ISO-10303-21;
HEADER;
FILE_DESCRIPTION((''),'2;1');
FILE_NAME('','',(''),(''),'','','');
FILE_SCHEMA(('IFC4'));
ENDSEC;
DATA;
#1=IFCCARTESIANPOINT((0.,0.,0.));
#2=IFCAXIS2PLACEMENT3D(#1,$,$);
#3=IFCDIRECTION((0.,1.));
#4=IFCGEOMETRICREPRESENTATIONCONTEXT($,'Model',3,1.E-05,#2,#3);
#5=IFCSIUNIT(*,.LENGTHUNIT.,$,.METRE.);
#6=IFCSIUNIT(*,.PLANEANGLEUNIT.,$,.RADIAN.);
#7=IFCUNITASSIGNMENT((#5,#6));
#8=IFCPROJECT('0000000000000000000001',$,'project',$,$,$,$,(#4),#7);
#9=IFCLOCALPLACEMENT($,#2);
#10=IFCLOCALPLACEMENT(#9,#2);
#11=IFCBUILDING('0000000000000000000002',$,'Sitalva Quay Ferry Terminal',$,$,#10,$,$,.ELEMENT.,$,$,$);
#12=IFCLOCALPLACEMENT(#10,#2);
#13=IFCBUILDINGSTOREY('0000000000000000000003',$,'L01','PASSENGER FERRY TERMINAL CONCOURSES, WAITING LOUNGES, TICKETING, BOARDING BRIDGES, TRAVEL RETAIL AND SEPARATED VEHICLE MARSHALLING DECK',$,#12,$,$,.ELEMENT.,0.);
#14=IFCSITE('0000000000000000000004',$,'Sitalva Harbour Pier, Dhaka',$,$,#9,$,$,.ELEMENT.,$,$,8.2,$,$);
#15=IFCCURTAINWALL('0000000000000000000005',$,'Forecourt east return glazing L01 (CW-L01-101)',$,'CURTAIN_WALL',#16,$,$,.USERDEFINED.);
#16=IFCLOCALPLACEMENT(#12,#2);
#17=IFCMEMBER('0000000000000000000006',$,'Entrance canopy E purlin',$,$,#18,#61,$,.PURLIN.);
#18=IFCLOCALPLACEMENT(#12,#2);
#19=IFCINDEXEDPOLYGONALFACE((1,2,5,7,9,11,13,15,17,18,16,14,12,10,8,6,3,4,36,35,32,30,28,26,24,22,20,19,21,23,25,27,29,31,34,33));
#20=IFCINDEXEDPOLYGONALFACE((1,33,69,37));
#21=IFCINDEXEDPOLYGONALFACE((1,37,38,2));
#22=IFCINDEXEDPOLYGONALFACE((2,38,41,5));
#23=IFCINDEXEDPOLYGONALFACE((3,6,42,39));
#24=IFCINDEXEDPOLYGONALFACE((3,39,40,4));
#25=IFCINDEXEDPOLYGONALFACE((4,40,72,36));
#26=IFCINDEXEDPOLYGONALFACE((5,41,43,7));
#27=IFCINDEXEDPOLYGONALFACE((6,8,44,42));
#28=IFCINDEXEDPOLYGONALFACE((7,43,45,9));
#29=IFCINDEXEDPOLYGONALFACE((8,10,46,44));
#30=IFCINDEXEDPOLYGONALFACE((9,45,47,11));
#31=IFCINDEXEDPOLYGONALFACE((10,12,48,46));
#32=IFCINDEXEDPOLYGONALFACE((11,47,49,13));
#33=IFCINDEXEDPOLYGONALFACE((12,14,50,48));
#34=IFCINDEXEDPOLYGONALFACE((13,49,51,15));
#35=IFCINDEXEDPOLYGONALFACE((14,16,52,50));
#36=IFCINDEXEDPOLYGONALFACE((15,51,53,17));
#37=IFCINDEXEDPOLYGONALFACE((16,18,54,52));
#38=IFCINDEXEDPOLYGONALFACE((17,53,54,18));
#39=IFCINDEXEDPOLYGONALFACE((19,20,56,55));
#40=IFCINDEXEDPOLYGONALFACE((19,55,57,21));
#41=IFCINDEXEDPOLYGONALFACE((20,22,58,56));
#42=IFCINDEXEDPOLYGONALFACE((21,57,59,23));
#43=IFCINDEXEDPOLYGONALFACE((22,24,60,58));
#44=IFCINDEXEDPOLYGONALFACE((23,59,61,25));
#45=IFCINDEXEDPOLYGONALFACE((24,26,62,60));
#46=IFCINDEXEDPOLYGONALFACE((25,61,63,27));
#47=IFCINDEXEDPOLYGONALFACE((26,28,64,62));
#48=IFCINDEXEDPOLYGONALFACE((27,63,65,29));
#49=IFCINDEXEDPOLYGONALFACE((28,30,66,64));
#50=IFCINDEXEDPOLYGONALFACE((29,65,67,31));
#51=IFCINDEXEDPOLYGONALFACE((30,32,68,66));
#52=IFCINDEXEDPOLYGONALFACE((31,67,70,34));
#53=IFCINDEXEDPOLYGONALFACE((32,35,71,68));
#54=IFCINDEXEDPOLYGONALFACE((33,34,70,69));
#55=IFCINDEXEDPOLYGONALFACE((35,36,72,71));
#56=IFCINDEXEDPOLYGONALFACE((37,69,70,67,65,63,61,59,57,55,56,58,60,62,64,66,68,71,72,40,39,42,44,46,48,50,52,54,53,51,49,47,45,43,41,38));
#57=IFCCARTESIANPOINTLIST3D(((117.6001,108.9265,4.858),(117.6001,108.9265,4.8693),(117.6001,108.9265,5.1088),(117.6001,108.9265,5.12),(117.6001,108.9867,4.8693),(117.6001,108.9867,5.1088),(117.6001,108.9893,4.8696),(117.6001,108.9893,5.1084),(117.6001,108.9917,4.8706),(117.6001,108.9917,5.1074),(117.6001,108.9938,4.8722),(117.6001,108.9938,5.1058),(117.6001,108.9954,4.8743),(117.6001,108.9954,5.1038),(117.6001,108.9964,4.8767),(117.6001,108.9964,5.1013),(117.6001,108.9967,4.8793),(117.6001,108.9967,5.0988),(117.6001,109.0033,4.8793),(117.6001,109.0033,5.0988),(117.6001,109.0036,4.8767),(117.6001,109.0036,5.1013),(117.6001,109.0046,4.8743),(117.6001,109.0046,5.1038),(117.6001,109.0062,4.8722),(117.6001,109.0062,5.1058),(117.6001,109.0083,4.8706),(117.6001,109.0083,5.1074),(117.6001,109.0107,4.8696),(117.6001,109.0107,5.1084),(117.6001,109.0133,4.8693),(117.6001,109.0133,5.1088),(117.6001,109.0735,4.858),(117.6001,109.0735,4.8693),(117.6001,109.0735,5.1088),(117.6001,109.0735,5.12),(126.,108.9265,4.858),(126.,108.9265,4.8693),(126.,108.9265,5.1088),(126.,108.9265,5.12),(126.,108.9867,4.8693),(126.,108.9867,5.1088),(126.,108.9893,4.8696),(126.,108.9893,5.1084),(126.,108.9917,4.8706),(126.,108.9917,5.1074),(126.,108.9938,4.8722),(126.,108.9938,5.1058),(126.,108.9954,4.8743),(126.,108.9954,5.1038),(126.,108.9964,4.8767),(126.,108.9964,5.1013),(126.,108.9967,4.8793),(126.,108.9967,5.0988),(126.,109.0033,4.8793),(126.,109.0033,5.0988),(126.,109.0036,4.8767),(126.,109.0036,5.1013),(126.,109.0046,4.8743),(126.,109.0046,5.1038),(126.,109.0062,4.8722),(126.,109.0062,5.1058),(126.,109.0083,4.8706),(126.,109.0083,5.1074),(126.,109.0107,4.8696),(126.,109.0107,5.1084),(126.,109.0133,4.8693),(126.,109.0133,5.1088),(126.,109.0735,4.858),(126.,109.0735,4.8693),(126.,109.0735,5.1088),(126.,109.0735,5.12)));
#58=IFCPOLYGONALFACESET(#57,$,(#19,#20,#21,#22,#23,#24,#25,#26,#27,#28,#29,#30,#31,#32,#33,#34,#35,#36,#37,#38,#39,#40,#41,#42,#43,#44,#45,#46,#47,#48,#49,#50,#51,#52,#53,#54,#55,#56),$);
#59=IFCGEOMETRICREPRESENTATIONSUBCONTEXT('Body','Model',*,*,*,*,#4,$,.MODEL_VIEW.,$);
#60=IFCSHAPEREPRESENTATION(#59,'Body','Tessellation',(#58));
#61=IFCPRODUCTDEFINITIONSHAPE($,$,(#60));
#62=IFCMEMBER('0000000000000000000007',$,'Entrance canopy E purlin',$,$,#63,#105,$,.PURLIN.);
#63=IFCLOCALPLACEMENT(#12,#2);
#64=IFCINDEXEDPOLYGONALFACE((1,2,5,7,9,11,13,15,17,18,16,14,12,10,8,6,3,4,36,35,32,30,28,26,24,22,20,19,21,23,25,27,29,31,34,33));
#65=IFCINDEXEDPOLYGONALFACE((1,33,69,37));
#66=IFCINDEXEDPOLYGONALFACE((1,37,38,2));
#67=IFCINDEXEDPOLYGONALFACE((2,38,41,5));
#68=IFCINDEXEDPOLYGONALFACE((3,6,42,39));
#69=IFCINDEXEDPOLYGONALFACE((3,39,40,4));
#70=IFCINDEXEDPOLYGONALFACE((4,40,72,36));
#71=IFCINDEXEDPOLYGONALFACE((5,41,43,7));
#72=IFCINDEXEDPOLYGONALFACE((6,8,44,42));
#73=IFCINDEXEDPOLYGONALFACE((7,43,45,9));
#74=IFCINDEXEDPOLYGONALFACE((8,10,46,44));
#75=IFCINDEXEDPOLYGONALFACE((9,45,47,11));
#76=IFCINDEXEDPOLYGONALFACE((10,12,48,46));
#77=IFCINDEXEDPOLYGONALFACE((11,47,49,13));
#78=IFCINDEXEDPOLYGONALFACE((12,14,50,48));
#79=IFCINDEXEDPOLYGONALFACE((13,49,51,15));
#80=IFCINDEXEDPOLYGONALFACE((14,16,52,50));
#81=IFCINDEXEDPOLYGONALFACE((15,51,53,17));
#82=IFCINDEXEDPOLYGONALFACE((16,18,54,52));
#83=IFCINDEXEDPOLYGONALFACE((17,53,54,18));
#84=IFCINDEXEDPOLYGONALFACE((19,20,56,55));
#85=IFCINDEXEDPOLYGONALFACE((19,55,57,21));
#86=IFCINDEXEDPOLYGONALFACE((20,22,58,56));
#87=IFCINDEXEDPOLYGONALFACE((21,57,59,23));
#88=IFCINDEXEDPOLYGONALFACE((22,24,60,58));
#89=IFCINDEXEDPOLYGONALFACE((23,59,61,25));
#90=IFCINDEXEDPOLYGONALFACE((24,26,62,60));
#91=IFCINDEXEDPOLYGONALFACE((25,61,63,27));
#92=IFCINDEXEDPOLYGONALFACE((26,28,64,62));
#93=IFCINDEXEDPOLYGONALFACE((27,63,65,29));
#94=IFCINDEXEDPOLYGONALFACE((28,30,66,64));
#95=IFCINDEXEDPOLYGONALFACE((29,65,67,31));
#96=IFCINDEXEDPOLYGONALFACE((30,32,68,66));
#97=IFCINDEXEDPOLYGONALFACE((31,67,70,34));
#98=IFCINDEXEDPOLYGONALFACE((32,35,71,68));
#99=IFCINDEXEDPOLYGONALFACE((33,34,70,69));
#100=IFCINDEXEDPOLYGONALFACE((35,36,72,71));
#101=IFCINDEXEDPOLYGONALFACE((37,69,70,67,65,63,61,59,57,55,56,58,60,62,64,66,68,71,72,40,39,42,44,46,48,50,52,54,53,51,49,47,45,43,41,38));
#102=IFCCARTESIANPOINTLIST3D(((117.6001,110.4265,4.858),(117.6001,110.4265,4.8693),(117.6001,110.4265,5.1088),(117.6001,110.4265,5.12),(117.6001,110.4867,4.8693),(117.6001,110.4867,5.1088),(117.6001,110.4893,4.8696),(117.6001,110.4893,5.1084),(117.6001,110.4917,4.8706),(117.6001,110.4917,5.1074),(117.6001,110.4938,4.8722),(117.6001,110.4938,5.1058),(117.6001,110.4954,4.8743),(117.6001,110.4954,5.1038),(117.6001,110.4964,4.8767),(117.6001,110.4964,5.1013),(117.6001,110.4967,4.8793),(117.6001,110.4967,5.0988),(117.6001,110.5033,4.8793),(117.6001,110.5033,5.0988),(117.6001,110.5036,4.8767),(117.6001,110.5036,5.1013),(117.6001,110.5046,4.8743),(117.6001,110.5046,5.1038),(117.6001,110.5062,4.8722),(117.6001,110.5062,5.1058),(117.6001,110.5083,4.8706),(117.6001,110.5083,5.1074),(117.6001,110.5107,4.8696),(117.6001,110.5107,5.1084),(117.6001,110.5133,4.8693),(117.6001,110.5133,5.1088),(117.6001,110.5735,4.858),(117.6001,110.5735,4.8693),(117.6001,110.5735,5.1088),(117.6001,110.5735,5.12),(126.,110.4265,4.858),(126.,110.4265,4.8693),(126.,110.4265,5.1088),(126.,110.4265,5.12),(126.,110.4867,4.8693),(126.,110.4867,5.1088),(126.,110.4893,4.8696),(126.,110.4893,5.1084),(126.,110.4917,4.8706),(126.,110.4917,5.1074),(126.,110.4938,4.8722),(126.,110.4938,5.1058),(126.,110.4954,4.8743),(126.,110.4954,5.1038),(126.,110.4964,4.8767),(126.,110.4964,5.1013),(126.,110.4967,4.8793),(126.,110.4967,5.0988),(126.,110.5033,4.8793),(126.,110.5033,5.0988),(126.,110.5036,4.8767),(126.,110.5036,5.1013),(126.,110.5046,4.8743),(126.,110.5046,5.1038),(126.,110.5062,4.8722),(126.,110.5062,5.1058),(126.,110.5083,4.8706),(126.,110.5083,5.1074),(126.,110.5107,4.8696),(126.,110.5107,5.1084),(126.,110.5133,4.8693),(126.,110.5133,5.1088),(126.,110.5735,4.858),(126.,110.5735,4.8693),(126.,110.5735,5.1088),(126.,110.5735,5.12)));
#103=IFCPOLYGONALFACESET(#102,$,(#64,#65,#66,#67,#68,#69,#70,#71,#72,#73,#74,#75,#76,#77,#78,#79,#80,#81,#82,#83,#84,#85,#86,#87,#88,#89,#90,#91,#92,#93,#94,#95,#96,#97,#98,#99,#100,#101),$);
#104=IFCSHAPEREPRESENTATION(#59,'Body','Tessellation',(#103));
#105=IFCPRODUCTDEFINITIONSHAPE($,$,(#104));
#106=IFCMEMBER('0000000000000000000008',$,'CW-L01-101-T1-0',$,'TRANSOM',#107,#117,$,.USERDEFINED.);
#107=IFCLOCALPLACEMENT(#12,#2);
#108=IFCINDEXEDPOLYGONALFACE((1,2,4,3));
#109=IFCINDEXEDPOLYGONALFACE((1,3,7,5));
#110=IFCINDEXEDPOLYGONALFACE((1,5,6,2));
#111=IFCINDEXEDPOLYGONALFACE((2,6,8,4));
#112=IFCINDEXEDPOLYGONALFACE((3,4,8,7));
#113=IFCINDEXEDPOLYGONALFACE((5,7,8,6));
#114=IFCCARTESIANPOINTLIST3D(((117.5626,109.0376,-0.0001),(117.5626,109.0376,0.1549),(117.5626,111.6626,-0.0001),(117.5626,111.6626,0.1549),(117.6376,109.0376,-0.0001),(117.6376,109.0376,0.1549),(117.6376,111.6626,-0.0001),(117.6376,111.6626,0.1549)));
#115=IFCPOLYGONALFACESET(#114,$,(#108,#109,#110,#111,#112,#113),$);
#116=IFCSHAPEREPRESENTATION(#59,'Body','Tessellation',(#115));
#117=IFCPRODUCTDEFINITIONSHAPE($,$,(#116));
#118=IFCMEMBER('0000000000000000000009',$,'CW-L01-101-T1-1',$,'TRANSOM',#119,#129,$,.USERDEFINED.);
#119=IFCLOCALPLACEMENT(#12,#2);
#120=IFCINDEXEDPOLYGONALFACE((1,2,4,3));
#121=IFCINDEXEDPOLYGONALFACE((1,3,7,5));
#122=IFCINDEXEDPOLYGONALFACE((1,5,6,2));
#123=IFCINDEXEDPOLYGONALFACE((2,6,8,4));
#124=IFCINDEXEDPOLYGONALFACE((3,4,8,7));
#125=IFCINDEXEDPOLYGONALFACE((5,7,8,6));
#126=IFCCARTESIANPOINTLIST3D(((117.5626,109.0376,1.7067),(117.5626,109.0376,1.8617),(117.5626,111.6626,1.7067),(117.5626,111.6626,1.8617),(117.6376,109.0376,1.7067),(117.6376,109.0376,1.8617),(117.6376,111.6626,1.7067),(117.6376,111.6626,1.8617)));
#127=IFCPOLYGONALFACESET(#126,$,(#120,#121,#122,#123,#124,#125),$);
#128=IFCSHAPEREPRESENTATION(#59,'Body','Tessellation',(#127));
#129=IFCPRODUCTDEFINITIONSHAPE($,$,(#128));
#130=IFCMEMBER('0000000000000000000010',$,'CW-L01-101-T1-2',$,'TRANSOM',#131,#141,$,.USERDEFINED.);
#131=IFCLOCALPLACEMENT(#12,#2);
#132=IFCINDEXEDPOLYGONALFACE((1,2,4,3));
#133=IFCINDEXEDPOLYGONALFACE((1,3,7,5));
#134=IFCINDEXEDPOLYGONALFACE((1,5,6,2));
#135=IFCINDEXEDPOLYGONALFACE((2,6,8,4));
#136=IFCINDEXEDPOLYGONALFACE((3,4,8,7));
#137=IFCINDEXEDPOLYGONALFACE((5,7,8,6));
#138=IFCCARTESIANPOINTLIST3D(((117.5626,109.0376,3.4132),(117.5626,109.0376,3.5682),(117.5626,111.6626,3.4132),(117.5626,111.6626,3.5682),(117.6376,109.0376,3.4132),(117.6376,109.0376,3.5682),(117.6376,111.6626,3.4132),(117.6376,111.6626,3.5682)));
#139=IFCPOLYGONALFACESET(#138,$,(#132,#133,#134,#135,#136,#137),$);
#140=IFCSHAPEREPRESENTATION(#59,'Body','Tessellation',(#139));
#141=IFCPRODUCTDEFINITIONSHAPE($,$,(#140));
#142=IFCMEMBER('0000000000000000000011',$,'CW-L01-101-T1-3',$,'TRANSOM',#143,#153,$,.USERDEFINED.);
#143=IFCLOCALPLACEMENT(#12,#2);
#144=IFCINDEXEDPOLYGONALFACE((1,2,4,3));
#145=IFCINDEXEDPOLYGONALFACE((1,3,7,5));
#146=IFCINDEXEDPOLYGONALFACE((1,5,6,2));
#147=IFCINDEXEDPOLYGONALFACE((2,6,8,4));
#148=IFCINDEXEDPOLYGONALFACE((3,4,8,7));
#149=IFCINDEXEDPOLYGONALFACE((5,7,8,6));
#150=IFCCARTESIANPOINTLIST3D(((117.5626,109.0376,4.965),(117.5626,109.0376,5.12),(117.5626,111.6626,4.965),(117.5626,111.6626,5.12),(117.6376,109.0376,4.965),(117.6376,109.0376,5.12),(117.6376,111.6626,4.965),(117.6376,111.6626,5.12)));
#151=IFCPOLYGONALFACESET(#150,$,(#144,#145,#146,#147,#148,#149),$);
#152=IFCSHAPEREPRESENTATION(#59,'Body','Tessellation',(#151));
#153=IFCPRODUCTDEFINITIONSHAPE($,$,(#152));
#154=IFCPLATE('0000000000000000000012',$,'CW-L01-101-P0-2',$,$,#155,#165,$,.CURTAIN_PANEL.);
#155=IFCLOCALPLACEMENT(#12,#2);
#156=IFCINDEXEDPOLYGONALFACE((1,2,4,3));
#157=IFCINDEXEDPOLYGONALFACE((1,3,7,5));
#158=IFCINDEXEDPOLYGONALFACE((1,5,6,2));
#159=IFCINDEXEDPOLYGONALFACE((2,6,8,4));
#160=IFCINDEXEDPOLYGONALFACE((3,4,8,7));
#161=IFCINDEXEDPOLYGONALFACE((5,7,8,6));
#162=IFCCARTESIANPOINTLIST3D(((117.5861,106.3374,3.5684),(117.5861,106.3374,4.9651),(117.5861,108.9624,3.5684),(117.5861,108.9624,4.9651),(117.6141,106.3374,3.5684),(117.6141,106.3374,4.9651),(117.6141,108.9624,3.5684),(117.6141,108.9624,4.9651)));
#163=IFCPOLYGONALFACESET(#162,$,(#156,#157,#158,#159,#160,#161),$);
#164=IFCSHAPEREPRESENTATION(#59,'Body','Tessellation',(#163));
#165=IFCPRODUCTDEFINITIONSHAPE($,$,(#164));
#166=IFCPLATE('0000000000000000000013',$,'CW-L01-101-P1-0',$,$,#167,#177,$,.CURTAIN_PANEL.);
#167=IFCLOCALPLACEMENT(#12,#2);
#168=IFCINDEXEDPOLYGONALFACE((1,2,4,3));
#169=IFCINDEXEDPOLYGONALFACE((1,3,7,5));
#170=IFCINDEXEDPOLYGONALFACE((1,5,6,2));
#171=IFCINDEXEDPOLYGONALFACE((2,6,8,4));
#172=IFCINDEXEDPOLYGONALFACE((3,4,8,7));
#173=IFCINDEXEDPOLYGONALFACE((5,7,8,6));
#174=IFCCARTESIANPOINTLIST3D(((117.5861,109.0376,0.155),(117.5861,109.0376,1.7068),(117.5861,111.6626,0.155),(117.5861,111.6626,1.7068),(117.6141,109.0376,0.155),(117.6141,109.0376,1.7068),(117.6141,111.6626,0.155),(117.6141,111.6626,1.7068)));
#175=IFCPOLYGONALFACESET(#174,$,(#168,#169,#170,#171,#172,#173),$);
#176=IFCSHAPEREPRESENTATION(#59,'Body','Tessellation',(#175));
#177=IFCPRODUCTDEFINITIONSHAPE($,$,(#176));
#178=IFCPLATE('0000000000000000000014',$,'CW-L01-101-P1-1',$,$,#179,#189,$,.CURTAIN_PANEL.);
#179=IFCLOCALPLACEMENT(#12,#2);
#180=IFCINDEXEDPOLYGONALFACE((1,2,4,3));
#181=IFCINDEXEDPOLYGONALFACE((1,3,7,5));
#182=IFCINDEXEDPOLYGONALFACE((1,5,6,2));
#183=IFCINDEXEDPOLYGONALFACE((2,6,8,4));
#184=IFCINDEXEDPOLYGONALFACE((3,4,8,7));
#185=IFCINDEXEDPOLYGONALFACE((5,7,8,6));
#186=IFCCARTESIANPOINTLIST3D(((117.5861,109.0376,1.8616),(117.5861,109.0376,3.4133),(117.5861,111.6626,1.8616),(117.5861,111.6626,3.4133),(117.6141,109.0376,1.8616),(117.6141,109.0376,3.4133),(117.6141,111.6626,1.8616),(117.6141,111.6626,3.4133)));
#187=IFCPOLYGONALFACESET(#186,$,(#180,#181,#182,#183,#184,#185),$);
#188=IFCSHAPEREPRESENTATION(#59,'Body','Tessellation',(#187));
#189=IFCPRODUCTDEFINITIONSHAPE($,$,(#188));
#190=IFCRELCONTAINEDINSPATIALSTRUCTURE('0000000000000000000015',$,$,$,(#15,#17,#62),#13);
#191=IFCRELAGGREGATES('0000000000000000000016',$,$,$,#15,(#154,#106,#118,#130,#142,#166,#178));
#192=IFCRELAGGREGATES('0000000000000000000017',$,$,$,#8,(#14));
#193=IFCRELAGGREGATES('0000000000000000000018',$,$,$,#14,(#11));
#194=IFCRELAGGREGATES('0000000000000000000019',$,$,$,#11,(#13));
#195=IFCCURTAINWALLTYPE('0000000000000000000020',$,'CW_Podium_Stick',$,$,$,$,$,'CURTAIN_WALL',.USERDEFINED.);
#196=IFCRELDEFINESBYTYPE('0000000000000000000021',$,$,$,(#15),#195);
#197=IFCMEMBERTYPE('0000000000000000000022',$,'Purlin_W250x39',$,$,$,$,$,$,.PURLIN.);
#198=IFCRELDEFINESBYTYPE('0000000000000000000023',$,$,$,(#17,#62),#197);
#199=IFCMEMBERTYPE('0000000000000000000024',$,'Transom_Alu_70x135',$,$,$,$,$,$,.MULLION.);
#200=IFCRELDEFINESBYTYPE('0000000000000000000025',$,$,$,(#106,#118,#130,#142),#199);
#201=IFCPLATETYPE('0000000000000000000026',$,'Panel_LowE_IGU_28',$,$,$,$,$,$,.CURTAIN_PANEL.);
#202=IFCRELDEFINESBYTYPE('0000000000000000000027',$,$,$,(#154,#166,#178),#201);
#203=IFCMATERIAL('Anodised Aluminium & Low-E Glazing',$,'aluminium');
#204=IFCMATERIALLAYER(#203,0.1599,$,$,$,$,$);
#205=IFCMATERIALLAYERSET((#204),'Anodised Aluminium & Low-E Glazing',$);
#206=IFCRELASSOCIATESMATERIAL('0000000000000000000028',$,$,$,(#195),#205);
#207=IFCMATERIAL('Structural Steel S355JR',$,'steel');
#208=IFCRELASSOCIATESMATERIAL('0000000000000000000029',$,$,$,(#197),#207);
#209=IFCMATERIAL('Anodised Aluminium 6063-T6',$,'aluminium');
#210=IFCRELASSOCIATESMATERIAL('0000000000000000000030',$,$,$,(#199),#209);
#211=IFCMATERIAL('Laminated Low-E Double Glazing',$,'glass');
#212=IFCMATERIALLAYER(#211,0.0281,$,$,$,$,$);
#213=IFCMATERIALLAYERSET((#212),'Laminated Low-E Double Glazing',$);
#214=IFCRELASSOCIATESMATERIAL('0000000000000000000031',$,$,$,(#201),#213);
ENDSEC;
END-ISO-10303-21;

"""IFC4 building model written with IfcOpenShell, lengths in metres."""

from ifc_helpers import new_model, si_unit, direction, frame, origin, origin_2d, place, context, subcontext, project, spatial, rectangle, i_section, extrude, material, layer, layer_set, material_profile, profile_set, type_object, element, aggregate, save


model = new_model("IFC4")

# Units and contexts
model_context = context("Model", 3, precision=1e-05, world=origin(), true_north=direction((0.0, 1.0)))
body_context = subcontext(model_context, "Body", "Model", "MODEL_VIEW")
ifc_project = project(units=[si_unit("LENGTHUNIT", "METRE"), si_unit("PLANEANGLEUNIT", "RADIAN")], contexts=[model_context])

# Site, building, storey
site_placement = place(None, origin())
site = spatial("IfcSite", under=ifc_project, at=site_placement, Name="Sitalva Harbour Pier, Dhaka", CompositionType="ELEMENT", RefElevation=8.2)
building_placement = place(site_placement, origin())
building = spatial("IfcBuilding", under=site, at=building_placement, Name="Sitalva Quay Ferry Terminal", CompositionType="ELEMENT")
storey_placement = place(building_placement, origin())
storey = spatial("IfcBuildingStorey", under=building, at=storey_placement, Name="L01", Description="PASSENGER FERRY TERMINAL CONCOURSES, WAITING LOUNGES, TICKETING, BOARDING BRIDGES, TRAVEL RETAIL AND SEPARATED VEHICLE MARSHALLING DECK", CompositionType="ELEMENT", Elevation=0.0)

# Curtain wall
ifc_material_1 = material(Name="Anodised Aluminium & Low-E Glazing", Category="aluminium")
ifc_layer_1 = layer(ifc_material_1, 0.1599)
ifc_layer_set_1 = layer_set([ifc_layer_1], Name="Anodised Aluminium & Low-E Glazing")
curtain_wall_type = type_object("IfcCurtainWallType", Name="CW_Podium_Stick", ElementType="CURTAIN_WALL", PredefinedType="USERDEFINED", material=ifc_layer_set_1)
curtain_wall_placement = place(storey_placement, origin())
curtain_wall = element("IfcCurtainWall", 1, at=curtain_wall_placement, inside=storey, type_object=curtain_wall_type, Name="Forecourt east return glazing L01 (CW-L01-101)", ObjectType="CURTAIN_WALL", PredefinedType="USERDEFINED")

# Members
ifc_material_2 = material(Name="Structural Steel S355JR", Category="steel")
ifc_material_profile_1 = material_profile(ifc_material_2, i_section(OverallWidth=0.147, OverallDepth=0.262, WebThickness=0.0066, FlangeThickness=0.0112, FilletRadius=0.01, at=origin_2d()), Name="W250x39")
ifc_profile_set_1 = profile_set([ifc_material_profile_1], Name="Structural Steel S355JR")
member_type_1 = type_object("IfcMemberType", Name="Purlin_W250x39", PredefinedType="PURLIN", material=ifc_profile_set_1)
for number, where, z_axis, x_axis, name in (
    (2, (117.6001, 109.0, 4.989), (1.0, 0.0, 0.0), (0.0, 1.0, 0.0), "Entrance canopy E purlin"),
    (3, (117.6001, 110.5, 4.989), (1.0, 0.0, 0.0), (0.0, 1.0, 0.0), "Entrance canopy E purlin"),
):
    element("IfcMember", number, at=place(storey_placement, frame(where, z_axis=z_axis, x_axis=x_axis)), inside=storey, type_object=member_type_1, Name=name, PredefinedType="PURLIN", context=body_context, shape_type="SweptSolid", body=[
        extrude(i_section(OverallWidth=0.147, OverallDepth=0.262, WebThickness=0.0066, FlangeThickness=0.0112, FilletRadius=0.01, at=origin_2d()), origin(), (0.0, 0.0, 1.0), 8.3999),
    ])

# Members
ifc_material_3 = material(Name="Anodised Aluminium 6063-T6", Category="aluminium")
ifc_material_profile_2 = material_profile(ifc_material_3, rectangle(XDim=0.075, YDim=0.155, at=origin_2d()), Name="ALU75x155")
ifc_profile_set_2 = profile_set([ifc_material_profile_2], Name="Anodised Aluminium 6063-T6")
member_type_2 = type_object("IfcMemberType", Name="Transom_Alu_70x135", PredefinedType="MULLION", material=ifc_profile_set_2)
member_1_placement = place(storey_placement, frame((117.6001, 109.0376, 0.0774), z_axis=(0.0, 1.0, 0.0), x_axis=(-1.0, 0.0, 0.0)))
member_1 = element("IfcMember", 4, at=member_1_placement, type_object=member_type_2, Name="CW-L01-101-T1-0", ObjectType="TRANSOM", PredefinedType="USERDEFINED", context=body_context, shape_type="SweptSolid", body=[
    extrude(rectangle(XDim=0.075, YDim=0.155, at=origin_2d()), origin(), (0.0, 0.0, 1.0), 2.625),
])
member_2_placement = place(storey_placement, frame((117.6001, 109.0376, 1.7842), z_axis=(0.0, 1.0, 0.0), x_axis=(-1.0, 0.0, 0.0)))
member_2 = element("IfcMember", 5, at=member_2_placement, type_object=member_type_2, Name="CW-L01-101-T1-1", ObjectType="TRANSOM", PredefinedType="USERDEFINED", context=body_context, shape_type="SweptSolid", body=[
    extrude(rectangle(XDim=0.075, YDim=0.155, at=origin_2d()), origin(), (0.0, 0.0, 1.0), 2.625),
])
member_3_placement = place(storey_placement, frame((117.6001, 109.0376, 3.4907), z_axis=(0.0, 1.0, 0.0), x_axis=(-1.0, 0.0, 0.0)))
member_3 = element("IfcMember", 6, at=member_3_placement, type_object=member_type_2, Name="CW-L01-101-T1-2", ObjectType="TRANSOM", PredefinedType="USERDEFINED", context=body_context, shape_type="SweptSolid", body=[
    extrude(rectangle(XDim=0.075, YDim=0.155, at=origin_2d()), origin(), (0.0, 0.0, 1.0), 2.625),
])
member_4_placement = place(storey_placement, frame((117.6001, 109.0376, 5.0425), z_axis=(0.0, 1.0, 0.0), x_axis=(-1.0, 0.0, 0.0)))
member_4 = element("IfcMember", 7, at=member_4_placement, type_object=member_type_2, Name="CW-L01-101-T1-3", ObjectType="TRANSOM", PredefinedType="USERDEFINED", context=body_context, shape_type="SweptSolid", body=[
    extrude(rectangle(XDim=0.075, YDim=0.155, at=origin_2d()), origin(), (0.0, 0.0, 1.0), 2.625),
])

# Plates
ifc_material_4 = material(Name="Laminated Low-E Double Glazing", Category="glass")
ifc_layer_2 = layer(ifc_material_4, 0.0281)
ifc_layer_set_2 = layer_set([ifc_layer_2], Name="Laminated Low-E Double Glazing")
plate_type_1 = type_object("IfcPlateType", Name="Panel_LowE_IGU_28", PredefinedType="CURTAIN_PANEL", material=ifc_layer_set_2)
plate_1_placement = place(storey_placement, frame((117.6001, 107.6499, 3.5684), z_axis=(0.0, 0.0, 1.0), x_axis=(0.0, 1.0, 0.0)))
plate_1 = element("IfcPlate", 8, at=plate_1_placement, type_object=plate_type_1, Name="CW-L01-101-P0-2", PredefinedType="CURTAIN_PANEL", context=body_context, shape_type="SweptSolid", body=[
    extrude(rectangle(XDim=2.625, YDim=0.0281, at=origin_2d()), origin(), (0.0, 0.0, 1.0), 1.3967),
])
plate_2_placement = place(storey_placement, frame((117.6001, 110.3501, 0.155), z_axis=(0.0, 0.0, 1.0), x_axis=(0.0, 1.0, 0.0)))
plate_2 = element("IfcPlate", 9, at=plate_2_placement, type_object=plate_type_1, Name="CW-L01-101-P1-0", PredefinedType="CURTAIN_PANEL", context=body_context, shape_type="SweptSolid", body=[
    extrude(rectangle(XDim=2.625, YDim=0.0281, at=origin_2d()), origin(), (0.0, 0.0, 1.0), 1.5518),
])
plate_3_placement = place(storey_placement, frame((117.6001, 110.3501, 1.8616), z_axis=(0.0, 0.0, 1.0), x_axis=(0.0, 1.0, 0.0)))
plate_3 = element("IfcPlate", 10, at=plate_3_placement, type_object=plate_type_1, Name="CW-L01-101-P1-1", PredefinedType="CURTAIN_PANEL", context=body_context, shape_type="SweptSolid", body=[
    extrude(rectangle(XDim=2.625, YDim=0.0281, at=origin_2d()), origin(), (0.0, 0.0, 1.0), 1.5518),
])
aggregate(curtain_wall, [plate_1, member_1, member_2, member_3, member_4, plate_2, plate_3])

save(model, "model.ifc")
